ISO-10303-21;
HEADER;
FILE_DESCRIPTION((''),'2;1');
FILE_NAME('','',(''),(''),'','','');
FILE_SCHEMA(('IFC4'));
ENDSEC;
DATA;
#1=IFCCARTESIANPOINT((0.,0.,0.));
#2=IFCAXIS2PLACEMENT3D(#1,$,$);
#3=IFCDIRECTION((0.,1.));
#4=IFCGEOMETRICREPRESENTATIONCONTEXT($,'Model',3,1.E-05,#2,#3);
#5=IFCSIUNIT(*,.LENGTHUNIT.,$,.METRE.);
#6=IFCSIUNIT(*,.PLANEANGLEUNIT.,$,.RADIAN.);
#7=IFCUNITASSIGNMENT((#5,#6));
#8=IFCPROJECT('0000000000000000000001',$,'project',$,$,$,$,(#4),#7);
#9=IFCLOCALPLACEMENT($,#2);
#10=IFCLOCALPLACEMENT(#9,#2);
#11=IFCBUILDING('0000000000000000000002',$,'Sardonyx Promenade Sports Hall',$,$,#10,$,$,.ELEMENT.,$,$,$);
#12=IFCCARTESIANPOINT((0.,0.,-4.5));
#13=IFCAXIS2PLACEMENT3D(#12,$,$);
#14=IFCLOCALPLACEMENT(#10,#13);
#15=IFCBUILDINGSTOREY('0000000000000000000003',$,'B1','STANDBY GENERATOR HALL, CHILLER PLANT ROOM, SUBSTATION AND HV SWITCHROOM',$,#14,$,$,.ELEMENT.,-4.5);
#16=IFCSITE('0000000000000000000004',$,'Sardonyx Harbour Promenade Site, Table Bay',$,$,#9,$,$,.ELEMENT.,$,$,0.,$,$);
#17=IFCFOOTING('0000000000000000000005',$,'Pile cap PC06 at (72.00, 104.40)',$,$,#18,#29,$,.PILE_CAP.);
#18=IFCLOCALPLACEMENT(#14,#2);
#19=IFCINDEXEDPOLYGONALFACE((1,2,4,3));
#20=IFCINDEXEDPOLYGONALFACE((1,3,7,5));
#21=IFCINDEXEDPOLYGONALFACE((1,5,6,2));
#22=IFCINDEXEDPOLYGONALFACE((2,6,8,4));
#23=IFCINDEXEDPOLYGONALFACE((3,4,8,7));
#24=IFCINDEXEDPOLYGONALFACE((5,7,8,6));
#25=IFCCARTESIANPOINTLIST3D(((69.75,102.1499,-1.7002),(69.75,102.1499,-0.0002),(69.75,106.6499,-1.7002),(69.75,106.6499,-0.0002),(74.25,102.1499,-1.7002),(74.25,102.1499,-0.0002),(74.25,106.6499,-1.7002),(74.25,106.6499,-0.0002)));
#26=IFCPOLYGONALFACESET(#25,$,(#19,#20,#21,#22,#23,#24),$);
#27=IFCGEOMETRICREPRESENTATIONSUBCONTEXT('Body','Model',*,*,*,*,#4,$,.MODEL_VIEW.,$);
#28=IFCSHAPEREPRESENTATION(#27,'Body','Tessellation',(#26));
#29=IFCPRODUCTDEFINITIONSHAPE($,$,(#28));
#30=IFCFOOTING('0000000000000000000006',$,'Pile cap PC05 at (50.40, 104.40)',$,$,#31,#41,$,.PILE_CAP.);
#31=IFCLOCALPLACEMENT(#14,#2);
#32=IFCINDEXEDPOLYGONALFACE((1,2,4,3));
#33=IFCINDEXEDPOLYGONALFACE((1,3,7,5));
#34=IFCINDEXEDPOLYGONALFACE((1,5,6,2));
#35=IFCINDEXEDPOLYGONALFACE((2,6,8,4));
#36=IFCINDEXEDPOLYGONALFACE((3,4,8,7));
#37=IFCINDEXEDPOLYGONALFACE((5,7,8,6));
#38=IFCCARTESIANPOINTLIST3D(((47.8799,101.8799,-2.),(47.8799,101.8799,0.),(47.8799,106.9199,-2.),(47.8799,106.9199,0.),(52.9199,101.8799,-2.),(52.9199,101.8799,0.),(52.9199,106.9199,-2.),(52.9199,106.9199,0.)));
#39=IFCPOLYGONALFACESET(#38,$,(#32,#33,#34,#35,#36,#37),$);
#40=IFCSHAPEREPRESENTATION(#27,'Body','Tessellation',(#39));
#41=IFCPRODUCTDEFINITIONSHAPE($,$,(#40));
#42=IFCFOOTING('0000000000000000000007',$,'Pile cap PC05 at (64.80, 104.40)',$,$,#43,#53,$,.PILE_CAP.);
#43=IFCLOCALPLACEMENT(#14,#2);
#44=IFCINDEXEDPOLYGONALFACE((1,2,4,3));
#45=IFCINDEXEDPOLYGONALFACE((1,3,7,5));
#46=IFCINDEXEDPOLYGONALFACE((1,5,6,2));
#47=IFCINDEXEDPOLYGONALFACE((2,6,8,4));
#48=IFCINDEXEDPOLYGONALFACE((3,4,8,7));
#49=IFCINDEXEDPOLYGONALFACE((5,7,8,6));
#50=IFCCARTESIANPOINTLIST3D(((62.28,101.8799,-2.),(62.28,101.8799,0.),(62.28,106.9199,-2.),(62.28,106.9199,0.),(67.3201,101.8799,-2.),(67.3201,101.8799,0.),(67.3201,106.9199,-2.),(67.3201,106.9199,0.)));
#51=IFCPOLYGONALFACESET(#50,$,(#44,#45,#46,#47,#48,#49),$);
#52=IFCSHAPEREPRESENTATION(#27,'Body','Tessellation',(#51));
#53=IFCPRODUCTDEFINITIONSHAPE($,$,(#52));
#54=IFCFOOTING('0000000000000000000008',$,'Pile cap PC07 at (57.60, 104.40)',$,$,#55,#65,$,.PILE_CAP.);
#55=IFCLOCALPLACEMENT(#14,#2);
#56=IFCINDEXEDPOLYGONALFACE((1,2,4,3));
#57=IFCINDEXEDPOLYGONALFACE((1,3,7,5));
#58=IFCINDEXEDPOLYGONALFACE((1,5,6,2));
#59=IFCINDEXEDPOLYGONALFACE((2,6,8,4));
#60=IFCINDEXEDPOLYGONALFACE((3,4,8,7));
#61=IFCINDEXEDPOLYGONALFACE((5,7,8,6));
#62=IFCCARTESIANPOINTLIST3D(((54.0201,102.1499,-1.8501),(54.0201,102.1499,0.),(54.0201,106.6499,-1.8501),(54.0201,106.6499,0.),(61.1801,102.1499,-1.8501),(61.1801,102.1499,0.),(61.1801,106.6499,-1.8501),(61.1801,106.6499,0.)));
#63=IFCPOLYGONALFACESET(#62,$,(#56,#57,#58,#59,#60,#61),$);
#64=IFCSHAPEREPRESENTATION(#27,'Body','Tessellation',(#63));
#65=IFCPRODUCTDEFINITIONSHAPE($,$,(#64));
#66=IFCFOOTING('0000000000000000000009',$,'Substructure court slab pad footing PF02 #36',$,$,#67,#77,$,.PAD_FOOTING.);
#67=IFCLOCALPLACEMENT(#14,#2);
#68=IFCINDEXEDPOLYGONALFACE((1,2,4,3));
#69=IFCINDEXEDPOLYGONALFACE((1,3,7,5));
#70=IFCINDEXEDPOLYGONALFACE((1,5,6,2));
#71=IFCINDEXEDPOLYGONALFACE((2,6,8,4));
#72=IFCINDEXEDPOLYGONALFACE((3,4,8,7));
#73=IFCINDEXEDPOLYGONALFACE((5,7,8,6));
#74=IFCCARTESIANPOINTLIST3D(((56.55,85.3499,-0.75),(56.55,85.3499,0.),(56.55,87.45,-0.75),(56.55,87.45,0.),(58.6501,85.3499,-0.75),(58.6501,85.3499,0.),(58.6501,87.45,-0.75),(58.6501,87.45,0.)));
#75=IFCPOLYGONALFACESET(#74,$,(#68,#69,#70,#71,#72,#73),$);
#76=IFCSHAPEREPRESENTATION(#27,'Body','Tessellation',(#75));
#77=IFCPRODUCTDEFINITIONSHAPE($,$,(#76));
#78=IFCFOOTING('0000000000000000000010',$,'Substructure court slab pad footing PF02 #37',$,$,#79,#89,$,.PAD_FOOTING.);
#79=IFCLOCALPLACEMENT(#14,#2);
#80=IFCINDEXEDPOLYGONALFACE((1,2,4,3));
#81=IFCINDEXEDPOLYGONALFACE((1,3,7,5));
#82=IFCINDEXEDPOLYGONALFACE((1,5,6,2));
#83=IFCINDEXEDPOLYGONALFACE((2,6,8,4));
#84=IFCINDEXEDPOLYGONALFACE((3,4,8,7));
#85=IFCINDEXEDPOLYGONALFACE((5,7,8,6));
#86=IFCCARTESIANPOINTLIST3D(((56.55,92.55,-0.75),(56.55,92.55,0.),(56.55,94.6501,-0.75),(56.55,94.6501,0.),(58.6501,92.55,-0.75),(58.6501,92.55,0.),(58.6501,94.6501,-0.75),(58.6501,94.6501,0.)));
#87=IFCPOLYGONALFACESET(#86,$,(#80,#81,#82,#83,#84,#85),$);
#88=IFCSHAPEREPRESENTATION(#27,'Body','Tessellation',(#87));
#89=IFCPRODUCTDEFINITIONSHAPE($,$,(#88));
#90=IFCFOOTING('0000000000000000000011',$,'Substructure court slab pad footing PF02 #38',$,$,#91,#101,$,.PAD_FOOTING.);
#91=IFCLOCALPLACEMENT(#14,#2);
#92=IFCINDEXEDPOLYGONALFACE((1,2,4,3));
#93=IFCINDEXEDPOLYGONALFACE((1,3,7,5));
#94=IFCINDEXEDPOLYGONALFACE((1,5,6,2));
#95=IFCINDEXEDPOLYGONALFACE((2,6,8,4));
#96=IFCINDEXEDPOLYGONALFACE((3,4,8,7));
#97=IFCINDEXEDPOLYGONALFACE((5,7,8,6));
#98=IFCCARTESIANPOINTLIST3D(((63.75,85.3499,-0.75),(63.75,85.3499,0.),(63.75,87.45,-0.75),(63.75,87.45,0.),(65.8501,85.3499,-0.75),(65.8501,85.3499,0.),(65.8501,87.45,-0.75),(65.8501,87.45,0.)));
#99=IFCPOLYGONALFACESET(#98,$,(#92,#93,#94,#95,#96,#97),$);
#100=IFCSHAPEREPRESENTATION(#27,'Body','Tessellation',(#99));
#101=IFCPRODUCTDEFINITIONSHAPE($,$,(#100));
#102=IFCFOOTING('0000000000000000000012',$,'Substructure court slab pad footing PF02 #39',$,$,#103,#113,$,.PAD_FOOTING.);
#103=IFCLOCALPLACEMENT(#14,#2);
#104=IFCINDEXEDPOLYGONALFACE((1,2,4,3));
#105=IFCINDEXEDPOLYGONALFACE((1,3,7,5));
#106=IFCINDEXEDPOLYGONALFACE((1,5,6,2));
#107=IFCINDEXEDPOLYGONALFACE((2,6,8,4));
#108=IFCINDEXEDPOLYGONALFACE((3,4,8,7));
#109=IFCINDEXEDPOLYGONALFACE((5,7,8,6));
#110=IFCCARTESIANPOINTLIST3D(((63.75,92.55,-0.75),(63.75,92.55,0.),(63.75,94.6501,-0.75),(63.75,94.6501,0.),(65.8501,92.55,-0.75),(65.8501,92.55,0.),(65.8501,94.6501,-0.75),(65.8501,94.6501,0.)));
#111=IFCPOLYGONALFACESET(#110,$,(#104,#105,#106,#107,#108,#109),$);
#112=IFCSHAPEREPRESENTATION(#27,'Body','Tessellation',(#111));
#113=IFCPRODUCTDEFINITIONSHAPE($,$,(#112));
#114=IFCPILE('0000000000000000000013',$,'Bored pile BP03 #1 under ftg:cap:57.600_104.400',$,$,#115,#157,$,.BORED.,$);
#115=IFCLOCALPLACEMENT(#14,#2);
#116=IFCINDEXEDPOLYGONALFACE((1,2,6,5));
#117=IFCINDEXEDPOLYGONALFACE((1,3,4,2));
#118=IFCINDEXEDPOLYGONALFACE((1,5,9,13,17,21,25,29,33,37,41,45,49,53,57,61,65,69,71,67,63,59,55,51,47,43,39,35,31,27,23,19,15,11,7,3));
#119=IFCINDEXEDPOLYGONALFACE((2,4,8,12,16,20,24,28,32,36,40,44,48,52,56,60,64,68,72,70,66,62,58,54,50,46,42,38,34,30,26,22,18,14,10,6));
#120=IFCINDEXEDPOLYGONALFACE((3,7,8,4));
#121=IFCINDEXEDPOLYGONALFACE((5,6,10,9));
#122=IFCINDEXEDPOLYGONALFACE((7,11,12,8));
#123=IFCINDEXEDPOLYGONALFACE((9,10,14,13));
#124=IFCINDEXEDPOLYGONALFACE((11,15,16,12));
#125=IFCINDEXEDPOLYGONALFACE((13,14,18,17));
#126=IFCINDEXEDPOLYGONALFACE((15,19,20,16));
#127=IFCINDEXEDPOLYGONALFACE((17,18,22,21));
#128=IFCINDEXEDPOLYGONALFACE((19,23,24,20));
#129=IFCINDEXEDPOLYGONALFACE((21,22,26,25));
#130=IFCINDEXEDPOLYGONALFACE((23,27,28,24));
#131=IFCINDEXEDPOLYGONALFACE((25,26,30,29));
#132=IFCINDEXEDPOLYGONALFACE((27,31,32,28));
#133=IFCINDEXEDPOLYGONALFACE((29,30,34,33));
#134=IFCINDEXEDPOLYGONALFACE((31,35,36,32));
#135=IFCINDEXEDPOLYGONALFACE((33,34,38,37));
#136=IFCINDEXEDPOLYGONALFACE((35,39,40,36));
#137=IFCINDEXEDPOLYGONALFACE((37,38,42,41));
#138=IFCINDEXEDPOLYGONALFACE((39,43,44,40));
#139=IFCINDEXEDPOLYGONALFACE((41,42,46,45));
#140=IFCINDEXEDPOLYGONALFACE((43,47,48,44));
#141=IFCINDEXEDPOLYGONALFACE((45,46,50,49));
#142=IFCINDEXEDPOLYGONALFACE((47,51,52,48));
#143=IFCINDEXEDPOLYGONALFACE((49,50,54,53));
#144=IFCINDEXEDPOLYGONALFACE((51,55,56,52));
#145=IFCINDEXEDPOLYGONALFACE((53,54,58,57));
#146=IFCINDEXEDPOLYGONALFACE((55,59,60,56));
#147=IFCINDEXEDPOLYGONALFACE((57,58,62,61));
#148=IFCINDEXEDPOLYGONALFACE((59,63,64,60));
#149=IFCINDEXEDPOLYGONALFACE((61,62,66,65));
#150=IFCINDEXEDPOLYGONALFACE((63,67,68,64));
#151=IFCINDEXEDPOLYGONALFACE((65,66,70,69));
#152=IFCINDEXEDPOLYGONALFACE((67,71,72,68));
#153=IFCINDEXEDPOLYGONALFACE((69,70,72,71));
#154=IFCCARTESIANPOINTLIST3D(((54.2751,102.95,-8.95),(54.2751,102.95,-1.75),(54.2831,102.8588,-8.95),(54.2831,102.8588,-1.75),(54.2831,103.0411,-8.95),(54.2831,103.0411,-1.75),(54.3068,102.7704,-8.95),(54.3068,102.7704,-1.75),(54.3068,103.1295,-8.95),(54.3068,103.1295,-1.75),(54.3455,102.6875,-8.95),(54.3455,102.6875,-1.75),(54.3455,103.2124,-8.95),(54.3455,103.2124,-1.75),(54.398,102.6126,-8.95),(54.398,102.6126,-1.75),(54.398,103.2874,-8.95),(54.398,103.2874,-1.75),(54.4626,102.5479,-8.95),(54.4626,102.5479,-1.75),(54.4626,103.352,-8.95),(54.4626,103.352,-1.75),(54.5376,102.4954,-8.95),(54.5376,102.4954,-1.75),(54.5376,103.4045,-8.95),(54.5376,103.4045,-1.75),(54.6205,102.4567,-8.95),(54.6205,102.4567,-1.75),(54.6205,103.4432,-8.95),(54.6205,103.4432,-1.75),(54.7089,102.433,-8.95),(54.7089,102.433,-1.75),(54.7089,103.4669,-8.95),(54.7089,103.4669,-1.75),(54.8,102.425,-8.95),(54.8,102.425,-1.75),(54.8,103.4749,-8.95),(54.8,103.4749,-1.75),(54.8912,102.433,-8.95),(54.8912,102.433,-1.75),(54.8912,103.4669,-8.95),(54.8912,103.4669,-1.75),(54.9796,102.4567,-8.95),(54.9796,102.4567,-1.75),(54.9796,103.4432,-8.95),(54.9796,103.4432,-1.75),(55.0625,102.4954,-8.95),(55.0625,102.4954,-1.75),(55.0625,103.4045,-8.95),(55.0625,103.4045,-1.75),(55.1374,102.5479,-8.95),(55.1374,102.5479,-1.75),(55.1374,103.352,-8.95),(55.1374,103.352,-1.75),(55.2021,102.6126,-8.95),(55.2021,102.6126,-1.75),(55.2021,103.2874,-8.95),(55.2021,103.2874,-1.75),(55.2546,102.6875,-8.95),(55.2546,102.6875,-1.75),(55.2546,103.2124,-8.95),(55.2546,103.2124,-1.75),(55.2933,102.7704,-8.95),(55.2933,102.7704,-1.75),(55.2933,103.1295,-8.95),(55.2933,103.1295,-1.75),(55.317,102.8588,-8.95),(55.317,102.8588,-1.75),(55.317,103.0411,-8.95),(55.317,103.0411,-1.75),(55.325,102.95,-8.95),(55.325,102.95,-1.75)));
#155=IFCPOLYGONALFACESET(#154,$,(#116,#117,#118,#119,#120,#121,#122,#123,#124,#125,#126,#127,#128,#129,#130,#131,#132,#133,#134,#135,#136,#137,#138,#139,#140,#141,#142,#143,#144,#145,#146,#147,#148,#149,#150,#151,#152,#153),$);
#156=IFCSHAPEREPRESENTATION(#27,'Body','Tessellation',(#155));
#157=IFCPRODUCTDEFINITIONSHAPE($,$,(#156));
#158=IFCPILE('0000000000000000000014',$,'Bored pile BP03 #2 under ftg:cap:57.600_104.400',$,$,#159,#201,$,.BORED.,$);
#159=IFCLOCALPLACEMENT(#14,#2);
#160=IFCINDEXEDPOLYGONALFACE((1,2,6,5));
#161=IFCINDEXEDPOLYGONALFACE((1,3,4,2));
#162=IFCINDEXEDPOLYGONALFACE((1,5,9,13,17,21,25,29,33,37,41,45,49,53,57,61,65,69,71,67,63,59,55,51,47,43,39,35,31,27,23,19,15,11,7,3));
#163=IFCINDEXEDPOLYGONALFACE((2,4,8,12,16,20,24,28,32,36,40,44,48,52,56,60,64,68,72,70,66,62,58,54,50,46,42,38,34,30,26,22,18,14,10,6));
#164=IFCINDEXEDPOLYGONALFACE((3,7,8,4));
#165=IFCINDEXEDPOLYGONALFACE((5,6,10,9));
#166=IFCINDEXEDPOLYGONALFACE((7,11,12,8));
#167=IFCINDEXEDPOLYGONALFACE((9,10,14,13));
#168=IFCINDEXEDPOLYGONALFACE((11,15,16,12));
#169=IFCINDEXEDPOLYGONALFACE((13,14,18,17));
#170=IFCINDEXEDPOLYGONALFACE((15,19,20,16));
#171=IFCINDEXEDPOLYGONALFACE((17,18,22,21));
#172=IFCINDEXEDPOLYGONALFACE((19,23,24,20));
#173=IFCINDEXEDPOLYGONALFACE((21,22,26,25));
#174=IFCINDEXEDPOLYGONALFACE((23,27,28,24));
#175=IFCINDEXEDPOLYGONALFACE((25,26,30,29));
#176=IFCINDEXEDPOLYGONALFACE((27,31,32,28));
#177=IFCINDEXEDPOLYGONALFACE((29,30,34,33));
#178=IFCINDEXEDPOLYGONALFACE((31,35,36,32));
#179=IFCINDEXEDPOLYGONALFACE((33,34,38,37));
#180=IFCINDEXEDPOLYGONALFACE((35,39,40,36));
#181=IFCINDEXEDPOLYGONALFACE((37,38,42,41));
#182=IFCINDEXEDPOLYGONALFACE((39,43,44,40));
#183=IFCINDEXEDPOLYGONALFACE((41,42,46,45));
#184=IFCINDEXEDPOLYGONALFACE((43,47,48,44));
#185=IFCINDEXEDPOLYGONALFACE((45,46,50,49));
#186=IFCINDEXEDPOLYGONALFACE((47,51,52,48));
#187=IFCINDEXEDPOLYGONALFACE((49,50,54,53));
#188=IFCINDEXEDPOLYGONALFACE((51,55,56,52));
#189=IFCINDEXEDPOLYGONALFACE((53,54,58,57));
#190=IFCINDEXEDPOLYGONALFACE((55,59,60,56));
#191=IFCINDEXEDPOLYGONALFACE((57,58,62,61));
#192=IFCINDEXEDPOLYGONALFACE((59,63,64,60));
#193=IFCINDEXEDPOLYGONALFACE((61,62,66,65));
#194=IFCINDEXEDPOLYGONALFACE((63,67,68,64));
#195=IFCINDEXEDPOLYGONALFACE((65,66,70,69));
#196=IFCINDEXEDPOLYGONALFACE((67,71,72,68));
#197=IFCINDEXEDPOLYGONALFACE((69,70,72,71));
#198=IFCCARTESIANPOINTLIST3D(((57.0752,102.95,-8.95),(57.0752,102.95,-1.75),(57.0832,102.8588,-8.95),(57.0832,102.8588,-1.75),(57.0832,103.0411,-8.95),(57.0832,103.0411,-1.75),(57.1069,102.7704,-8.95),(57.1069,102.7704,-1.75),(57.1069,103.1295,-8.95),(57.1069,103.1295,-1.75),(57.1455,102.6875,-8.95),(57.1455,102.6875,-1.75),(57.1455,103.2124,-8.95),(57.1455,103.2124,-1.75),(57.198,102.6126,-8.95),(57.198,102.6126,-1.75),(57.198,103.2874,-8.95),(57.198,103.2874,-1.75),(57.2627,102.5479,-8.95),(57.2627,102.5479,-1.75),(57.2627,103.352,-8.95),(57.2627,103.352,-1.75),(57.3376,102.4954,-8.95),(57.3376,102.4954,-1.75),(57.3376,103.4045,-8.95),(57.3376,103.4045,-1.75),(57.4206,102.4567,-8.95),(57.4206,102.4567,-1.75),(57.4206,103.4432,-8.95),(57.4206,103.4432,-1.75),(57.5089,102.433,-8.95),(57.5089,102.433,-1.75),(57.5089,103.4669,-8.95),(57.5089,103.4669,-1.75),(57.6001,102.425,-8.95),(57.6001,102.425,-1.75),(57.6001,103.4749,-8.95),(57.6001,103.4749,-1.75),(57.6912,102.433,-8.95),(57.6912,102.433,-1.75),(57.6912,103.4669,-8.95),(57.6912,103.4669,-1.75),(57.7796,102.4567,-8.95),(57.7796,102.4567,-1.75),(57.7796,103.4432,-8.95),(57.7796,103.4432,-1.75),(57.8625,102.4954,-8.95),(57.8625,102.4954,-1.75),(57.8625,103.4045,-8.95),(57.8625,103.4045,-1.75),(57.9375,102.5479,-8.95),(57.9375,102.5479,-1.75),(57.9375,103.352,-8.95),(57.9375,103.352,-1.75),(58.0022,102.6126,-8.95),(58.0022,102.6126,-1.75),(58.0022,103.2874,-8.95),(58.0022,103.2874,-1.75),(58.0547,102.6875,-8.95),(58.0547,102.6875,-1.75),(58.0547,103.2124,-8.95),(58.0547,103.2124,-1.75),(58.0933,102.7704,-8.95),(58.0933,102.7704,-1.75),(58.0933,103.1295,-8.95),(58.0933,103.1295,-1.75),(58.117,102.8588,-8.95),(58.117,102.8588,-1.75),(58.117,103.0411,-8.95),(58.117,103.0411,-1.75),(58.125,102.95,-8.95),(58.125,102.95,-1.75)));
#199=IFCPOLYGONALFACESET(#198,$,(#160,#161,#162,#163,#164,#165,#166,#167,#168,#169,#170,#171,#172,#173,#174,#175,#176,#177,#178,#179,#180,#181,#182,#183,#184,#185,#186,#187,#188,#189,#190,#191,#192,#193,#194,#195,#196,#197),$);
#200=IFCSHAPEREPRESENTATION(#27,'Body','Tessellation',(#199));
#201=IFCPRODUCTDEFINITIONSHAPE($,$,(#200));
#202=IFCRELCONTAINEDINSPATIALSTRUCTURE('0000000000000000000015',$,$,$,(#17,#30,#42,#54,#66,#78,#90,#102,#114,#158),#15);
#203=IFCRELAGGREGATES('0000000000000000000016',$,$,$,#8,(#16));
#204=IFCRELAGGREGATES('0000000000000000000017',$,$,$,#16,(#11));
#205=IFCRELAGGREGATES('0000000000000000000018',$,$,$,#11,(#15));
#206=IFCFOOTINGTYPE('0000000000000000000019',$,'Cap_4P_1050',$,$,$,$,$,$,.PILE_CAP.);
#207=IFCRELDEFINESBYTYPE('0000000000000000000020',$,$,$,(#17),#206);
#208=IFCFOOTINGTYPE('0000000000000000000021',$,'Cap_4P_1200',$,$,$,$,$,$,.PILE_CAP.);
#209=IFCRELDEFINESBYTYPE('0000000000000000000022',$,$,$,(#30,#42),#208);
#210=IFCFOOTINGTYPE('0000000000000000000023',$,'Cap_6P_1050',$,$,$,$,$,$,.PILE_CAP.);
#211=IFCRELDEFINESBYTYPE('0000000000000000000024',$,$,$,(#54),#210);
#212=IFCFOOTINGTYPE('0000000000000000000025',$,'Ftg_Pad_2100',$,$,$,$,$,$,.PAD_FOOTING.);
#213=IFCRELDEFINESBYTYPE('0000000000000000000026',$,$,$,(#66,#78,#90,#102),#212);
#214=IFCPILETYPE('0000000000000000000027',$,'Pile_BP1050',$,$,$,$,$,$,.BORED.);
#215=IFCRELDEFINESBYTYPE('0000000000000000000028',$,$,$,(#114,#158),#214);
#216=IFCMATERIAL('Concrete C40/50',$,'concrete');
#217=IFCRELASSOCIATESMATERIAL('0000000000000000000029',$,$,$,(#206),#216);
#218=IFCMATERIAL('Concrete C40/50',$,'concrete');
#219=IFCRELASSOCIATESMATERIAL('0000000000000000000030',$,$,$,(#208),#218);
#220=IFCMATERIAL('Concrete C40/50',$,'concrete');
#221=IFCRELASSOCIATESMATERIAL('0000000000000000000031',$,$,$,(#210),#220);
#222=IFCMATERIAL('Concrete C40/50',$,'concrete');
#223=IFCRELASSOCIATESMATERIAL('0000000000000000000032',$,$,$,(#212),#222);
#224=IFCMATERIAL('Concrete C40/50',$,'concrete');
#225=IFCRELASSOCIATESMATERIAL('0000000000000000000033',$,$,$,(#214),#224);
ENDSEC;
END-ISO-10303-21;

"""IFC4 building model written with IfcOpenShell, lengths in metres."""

from ifc_helpers import new_model, si_unit, direction, frame, origin, origin_2d, place, context, subcontext, project, spatial, rectangle, circle, extrude, material, material_profile, profile_set, type_object, element, save


model = new_model("IFC4")

# Units and contexts
model_context = context("Model", 3, precision=1e-05, world=origin(), true_north=direction((0.0, 1.0)))
body_context = subcontext(model_context, "Body", "Model", "MODEL_VIEW")
ifc_project = project(units=[si_unit("LENGTHUNIT", "METRE"), si_unit("PLANEANGLEUNIT", "RADIAN")], contexts=[model_context])

# Site, building, storey
site_placement = place(None, origin())
site = spatial("IfcSite", under=ifc_project, at=site_placement, Name="Sardonyx Harbour Promenade Site, Table Bay", CompositionType="ELEMENT", RefElevation=0.0)
building_placement = place(site_placement, origin())
building = spatial("IfcBuilding", under=site, at=building_placement, Name="Sardonyx Promenade Sports Hall", CompositionType="ELEMENT")
storey_placement = place(building_placement, frame((0.0, 0.0, -4.5)))
storey = spatial("IfcBuildingStorey", under=building, at=storey_placement, Name="B1", Description="STANDBY GENERATOR HALL, CHILLER PLANT ROOM, SUBSTATION AND HV SWITCHROOM", CompositionType="ELEMENT", Elevation=-4.5)

# Footings
ifc_material_1 = material(Name="Concrete C40/50", Category="concrete")
footing_type_1 = type_object("IfcFootingType", Name="Cap_4P_1050", PredefinedType="PILE_CAP", material=ifc_material_1)
footing_1_placement = place(storey_placement, frame((72.0, 104.3999, -1.7002), z_axis=(0.0, 0.0, 1.0), x_axis=(1.0, 0.0, 0.0)))
element("IfcFooting", 1, at=footing_1_placement, inside=storey, type_object=footing_type_1, Name="Pile cap PC06 at (72.00, 104.40)", PredefinedType="PILE_CAP", context=body_context, shape_type="SweptSolid", body=[
    extrude(rectangle(XDim=4.5, YDim=4.5, at=origin_2d()), origin(), (0.0, 0.0, 1.0), 1.7),
])
ifc_material_2 = material(Name="Concrete C40/50", Category="concrete")
footing_type_2 = type_object("IfcFootingType", Name="Cap_4P_1200", PredefinedType="PILE_CAP", material=ifc_material_2)
for number, where, z_axis, x_axis, name in (
    (2, (50.3999, 104.3999, -2.0), (0.0, 0.0, 1.0), (1.0, 0.0, 0.0), "Pile cap PC05 at (50.40, 104.40)"),
    (3, (64.8, 104.3999, -2.0), (0.0, 0.0, 1.0), (1.0, 0.0, 0.0), "Pile cap PC05 at (64.80, 104.40)"),
):
    element("IfcFooting", number, at=place(storey_placement, frame(where, z_axis=z_axis, x_axis=x_axis)), inside=storey, type_object=footing_type_2, Name=name, PredefinedType="PILE_CAP", context=body_context, shape_type="SweptSolid", body=[
        extrude(rectangle(XDim=5.04, YDim=5.04, at=origin_2d()), origin(), (0.0, 0.0, 1.0), 2.0),
    ])
ifc_material_3 = material(Name="Concrete C40/50", Category="concrete")
footing_type_3 = type_object("IfcFootingType", Name="Cap_6P_1050", PredefinedType="PILE_CAP", material=ifc_material_3)
footing_2_placement = place(storey_placement, frame((57.6001, 104.3999, -1.8501), z_axis=(0.0, 0.0, 1.0), x_axis=(1.0, 0.0, 0.0)))
element("IfcFooting", 4, at=footing_2_placement, inside=storey, type_object=footing_type_3, Name="Pile cap PC07 at (57.60, 104.40)", PredefinedType="PILE_CAP", context=body_context, shape_type="SweptSolid", body=[
    extrude(rectangle(XDim=7.1599, YDim=4.5, at=origin_2d()), origin(), (0.0, 0.0, 1.0), 1.8501),
])
ifc_material_4 = material(Name="Concrete C40/50", Category="concrete")
footing_type_4 = type_object("IfcFootingType", Name="Ftg_Pad_2100", PredefinedType="PAD_FOOTING", material=ifc_material_4)
for number, where, z_axis, x_axis, name in (
    (5, (57.6001, 86.3999, -0.75), (0.0, 0.0, 1.0), (1.0, 0.0, 0.0), "Substructure court slab pad footing PF02 #36"),
    (6, (57.6001, 93.6001, -0.75), (0.0, 0.0, 1.0), (1.0, 0.0, 0.0), "Substructure court slab pad footing PF02 #37"),
    (7, (64.8, 86.3999, -0.75), (0.0, 0.0, 1.0), (1.0, 0.0, 0.0), "Substructure court slab pad footing PF02 #38"),
    (8, (64.8, 93.6001, -0.75), (0.0, 0.0, 1.0), (1.0, 0.0, 0.0), "Substructure court slab pad footing PF02 #39"),
):
    element("IfcFooting", number, at=place(storey_placement, frame(where, z_axis=z_axis, x_axis=x_axis)), inside=storey, type_object=footing_type_4, Name=name, PredefinedType="PAD_FOOTING", context=body_context, shape_type="SweptSolid", body=[
        extrude(rectangle(XDim=2.1001, YDim=2.1001, at=origin_2d()), origin(), (0.0, 0.0, 1.0), 0.75),
    ])

# Piles
ifc_material_5 = material(Name="Concrete C40/50", Category="concrete")
ifc_material_profile_1 = material_profile(ifc_material_5, circle(Radius=0.5249, at=origin_2d()))
ifc_profile_set_1 = profile_set([ifc_material_profile_1], Name="Concrete C40/50")
pile_type_1 = type_object("IfcPileType", Name="Pile_BP1050", PredefinedType="BORED", material=ifc_profile_set_1)
for number, where, z_axis, x_axis, name in (
    (9, (54.8, 102.95, -1.75), (0.0, 0.0, -1.0), (1.0, 0.0, 0.0), "Bored pile BP03 #1 under ftg:cap:57.600_104.400"),
    (10, (57.6001, 102.95, -1.75), (0.0, 0.0, -1.0), (1.0, 0.0, 0.0), "Bored pile BP03 #2 under ftg:cap:57.600_104.400"),
):
    element("IfcPile", number, at=place(storey_placement, frame(where, z_axis=z_axis, x_axis=x_axis)), inside=storey, type_object=pile_type_1, Name=name, PredefinedType="BORED", context=body_context, shape_type="SweptSolid", body=[
        extrude(circle(Radius=0.5249, at=origin_2d()), origin(), (0.0, 0.0, 1.0), 7.2),
    ])

save(model, "model.ifc")
